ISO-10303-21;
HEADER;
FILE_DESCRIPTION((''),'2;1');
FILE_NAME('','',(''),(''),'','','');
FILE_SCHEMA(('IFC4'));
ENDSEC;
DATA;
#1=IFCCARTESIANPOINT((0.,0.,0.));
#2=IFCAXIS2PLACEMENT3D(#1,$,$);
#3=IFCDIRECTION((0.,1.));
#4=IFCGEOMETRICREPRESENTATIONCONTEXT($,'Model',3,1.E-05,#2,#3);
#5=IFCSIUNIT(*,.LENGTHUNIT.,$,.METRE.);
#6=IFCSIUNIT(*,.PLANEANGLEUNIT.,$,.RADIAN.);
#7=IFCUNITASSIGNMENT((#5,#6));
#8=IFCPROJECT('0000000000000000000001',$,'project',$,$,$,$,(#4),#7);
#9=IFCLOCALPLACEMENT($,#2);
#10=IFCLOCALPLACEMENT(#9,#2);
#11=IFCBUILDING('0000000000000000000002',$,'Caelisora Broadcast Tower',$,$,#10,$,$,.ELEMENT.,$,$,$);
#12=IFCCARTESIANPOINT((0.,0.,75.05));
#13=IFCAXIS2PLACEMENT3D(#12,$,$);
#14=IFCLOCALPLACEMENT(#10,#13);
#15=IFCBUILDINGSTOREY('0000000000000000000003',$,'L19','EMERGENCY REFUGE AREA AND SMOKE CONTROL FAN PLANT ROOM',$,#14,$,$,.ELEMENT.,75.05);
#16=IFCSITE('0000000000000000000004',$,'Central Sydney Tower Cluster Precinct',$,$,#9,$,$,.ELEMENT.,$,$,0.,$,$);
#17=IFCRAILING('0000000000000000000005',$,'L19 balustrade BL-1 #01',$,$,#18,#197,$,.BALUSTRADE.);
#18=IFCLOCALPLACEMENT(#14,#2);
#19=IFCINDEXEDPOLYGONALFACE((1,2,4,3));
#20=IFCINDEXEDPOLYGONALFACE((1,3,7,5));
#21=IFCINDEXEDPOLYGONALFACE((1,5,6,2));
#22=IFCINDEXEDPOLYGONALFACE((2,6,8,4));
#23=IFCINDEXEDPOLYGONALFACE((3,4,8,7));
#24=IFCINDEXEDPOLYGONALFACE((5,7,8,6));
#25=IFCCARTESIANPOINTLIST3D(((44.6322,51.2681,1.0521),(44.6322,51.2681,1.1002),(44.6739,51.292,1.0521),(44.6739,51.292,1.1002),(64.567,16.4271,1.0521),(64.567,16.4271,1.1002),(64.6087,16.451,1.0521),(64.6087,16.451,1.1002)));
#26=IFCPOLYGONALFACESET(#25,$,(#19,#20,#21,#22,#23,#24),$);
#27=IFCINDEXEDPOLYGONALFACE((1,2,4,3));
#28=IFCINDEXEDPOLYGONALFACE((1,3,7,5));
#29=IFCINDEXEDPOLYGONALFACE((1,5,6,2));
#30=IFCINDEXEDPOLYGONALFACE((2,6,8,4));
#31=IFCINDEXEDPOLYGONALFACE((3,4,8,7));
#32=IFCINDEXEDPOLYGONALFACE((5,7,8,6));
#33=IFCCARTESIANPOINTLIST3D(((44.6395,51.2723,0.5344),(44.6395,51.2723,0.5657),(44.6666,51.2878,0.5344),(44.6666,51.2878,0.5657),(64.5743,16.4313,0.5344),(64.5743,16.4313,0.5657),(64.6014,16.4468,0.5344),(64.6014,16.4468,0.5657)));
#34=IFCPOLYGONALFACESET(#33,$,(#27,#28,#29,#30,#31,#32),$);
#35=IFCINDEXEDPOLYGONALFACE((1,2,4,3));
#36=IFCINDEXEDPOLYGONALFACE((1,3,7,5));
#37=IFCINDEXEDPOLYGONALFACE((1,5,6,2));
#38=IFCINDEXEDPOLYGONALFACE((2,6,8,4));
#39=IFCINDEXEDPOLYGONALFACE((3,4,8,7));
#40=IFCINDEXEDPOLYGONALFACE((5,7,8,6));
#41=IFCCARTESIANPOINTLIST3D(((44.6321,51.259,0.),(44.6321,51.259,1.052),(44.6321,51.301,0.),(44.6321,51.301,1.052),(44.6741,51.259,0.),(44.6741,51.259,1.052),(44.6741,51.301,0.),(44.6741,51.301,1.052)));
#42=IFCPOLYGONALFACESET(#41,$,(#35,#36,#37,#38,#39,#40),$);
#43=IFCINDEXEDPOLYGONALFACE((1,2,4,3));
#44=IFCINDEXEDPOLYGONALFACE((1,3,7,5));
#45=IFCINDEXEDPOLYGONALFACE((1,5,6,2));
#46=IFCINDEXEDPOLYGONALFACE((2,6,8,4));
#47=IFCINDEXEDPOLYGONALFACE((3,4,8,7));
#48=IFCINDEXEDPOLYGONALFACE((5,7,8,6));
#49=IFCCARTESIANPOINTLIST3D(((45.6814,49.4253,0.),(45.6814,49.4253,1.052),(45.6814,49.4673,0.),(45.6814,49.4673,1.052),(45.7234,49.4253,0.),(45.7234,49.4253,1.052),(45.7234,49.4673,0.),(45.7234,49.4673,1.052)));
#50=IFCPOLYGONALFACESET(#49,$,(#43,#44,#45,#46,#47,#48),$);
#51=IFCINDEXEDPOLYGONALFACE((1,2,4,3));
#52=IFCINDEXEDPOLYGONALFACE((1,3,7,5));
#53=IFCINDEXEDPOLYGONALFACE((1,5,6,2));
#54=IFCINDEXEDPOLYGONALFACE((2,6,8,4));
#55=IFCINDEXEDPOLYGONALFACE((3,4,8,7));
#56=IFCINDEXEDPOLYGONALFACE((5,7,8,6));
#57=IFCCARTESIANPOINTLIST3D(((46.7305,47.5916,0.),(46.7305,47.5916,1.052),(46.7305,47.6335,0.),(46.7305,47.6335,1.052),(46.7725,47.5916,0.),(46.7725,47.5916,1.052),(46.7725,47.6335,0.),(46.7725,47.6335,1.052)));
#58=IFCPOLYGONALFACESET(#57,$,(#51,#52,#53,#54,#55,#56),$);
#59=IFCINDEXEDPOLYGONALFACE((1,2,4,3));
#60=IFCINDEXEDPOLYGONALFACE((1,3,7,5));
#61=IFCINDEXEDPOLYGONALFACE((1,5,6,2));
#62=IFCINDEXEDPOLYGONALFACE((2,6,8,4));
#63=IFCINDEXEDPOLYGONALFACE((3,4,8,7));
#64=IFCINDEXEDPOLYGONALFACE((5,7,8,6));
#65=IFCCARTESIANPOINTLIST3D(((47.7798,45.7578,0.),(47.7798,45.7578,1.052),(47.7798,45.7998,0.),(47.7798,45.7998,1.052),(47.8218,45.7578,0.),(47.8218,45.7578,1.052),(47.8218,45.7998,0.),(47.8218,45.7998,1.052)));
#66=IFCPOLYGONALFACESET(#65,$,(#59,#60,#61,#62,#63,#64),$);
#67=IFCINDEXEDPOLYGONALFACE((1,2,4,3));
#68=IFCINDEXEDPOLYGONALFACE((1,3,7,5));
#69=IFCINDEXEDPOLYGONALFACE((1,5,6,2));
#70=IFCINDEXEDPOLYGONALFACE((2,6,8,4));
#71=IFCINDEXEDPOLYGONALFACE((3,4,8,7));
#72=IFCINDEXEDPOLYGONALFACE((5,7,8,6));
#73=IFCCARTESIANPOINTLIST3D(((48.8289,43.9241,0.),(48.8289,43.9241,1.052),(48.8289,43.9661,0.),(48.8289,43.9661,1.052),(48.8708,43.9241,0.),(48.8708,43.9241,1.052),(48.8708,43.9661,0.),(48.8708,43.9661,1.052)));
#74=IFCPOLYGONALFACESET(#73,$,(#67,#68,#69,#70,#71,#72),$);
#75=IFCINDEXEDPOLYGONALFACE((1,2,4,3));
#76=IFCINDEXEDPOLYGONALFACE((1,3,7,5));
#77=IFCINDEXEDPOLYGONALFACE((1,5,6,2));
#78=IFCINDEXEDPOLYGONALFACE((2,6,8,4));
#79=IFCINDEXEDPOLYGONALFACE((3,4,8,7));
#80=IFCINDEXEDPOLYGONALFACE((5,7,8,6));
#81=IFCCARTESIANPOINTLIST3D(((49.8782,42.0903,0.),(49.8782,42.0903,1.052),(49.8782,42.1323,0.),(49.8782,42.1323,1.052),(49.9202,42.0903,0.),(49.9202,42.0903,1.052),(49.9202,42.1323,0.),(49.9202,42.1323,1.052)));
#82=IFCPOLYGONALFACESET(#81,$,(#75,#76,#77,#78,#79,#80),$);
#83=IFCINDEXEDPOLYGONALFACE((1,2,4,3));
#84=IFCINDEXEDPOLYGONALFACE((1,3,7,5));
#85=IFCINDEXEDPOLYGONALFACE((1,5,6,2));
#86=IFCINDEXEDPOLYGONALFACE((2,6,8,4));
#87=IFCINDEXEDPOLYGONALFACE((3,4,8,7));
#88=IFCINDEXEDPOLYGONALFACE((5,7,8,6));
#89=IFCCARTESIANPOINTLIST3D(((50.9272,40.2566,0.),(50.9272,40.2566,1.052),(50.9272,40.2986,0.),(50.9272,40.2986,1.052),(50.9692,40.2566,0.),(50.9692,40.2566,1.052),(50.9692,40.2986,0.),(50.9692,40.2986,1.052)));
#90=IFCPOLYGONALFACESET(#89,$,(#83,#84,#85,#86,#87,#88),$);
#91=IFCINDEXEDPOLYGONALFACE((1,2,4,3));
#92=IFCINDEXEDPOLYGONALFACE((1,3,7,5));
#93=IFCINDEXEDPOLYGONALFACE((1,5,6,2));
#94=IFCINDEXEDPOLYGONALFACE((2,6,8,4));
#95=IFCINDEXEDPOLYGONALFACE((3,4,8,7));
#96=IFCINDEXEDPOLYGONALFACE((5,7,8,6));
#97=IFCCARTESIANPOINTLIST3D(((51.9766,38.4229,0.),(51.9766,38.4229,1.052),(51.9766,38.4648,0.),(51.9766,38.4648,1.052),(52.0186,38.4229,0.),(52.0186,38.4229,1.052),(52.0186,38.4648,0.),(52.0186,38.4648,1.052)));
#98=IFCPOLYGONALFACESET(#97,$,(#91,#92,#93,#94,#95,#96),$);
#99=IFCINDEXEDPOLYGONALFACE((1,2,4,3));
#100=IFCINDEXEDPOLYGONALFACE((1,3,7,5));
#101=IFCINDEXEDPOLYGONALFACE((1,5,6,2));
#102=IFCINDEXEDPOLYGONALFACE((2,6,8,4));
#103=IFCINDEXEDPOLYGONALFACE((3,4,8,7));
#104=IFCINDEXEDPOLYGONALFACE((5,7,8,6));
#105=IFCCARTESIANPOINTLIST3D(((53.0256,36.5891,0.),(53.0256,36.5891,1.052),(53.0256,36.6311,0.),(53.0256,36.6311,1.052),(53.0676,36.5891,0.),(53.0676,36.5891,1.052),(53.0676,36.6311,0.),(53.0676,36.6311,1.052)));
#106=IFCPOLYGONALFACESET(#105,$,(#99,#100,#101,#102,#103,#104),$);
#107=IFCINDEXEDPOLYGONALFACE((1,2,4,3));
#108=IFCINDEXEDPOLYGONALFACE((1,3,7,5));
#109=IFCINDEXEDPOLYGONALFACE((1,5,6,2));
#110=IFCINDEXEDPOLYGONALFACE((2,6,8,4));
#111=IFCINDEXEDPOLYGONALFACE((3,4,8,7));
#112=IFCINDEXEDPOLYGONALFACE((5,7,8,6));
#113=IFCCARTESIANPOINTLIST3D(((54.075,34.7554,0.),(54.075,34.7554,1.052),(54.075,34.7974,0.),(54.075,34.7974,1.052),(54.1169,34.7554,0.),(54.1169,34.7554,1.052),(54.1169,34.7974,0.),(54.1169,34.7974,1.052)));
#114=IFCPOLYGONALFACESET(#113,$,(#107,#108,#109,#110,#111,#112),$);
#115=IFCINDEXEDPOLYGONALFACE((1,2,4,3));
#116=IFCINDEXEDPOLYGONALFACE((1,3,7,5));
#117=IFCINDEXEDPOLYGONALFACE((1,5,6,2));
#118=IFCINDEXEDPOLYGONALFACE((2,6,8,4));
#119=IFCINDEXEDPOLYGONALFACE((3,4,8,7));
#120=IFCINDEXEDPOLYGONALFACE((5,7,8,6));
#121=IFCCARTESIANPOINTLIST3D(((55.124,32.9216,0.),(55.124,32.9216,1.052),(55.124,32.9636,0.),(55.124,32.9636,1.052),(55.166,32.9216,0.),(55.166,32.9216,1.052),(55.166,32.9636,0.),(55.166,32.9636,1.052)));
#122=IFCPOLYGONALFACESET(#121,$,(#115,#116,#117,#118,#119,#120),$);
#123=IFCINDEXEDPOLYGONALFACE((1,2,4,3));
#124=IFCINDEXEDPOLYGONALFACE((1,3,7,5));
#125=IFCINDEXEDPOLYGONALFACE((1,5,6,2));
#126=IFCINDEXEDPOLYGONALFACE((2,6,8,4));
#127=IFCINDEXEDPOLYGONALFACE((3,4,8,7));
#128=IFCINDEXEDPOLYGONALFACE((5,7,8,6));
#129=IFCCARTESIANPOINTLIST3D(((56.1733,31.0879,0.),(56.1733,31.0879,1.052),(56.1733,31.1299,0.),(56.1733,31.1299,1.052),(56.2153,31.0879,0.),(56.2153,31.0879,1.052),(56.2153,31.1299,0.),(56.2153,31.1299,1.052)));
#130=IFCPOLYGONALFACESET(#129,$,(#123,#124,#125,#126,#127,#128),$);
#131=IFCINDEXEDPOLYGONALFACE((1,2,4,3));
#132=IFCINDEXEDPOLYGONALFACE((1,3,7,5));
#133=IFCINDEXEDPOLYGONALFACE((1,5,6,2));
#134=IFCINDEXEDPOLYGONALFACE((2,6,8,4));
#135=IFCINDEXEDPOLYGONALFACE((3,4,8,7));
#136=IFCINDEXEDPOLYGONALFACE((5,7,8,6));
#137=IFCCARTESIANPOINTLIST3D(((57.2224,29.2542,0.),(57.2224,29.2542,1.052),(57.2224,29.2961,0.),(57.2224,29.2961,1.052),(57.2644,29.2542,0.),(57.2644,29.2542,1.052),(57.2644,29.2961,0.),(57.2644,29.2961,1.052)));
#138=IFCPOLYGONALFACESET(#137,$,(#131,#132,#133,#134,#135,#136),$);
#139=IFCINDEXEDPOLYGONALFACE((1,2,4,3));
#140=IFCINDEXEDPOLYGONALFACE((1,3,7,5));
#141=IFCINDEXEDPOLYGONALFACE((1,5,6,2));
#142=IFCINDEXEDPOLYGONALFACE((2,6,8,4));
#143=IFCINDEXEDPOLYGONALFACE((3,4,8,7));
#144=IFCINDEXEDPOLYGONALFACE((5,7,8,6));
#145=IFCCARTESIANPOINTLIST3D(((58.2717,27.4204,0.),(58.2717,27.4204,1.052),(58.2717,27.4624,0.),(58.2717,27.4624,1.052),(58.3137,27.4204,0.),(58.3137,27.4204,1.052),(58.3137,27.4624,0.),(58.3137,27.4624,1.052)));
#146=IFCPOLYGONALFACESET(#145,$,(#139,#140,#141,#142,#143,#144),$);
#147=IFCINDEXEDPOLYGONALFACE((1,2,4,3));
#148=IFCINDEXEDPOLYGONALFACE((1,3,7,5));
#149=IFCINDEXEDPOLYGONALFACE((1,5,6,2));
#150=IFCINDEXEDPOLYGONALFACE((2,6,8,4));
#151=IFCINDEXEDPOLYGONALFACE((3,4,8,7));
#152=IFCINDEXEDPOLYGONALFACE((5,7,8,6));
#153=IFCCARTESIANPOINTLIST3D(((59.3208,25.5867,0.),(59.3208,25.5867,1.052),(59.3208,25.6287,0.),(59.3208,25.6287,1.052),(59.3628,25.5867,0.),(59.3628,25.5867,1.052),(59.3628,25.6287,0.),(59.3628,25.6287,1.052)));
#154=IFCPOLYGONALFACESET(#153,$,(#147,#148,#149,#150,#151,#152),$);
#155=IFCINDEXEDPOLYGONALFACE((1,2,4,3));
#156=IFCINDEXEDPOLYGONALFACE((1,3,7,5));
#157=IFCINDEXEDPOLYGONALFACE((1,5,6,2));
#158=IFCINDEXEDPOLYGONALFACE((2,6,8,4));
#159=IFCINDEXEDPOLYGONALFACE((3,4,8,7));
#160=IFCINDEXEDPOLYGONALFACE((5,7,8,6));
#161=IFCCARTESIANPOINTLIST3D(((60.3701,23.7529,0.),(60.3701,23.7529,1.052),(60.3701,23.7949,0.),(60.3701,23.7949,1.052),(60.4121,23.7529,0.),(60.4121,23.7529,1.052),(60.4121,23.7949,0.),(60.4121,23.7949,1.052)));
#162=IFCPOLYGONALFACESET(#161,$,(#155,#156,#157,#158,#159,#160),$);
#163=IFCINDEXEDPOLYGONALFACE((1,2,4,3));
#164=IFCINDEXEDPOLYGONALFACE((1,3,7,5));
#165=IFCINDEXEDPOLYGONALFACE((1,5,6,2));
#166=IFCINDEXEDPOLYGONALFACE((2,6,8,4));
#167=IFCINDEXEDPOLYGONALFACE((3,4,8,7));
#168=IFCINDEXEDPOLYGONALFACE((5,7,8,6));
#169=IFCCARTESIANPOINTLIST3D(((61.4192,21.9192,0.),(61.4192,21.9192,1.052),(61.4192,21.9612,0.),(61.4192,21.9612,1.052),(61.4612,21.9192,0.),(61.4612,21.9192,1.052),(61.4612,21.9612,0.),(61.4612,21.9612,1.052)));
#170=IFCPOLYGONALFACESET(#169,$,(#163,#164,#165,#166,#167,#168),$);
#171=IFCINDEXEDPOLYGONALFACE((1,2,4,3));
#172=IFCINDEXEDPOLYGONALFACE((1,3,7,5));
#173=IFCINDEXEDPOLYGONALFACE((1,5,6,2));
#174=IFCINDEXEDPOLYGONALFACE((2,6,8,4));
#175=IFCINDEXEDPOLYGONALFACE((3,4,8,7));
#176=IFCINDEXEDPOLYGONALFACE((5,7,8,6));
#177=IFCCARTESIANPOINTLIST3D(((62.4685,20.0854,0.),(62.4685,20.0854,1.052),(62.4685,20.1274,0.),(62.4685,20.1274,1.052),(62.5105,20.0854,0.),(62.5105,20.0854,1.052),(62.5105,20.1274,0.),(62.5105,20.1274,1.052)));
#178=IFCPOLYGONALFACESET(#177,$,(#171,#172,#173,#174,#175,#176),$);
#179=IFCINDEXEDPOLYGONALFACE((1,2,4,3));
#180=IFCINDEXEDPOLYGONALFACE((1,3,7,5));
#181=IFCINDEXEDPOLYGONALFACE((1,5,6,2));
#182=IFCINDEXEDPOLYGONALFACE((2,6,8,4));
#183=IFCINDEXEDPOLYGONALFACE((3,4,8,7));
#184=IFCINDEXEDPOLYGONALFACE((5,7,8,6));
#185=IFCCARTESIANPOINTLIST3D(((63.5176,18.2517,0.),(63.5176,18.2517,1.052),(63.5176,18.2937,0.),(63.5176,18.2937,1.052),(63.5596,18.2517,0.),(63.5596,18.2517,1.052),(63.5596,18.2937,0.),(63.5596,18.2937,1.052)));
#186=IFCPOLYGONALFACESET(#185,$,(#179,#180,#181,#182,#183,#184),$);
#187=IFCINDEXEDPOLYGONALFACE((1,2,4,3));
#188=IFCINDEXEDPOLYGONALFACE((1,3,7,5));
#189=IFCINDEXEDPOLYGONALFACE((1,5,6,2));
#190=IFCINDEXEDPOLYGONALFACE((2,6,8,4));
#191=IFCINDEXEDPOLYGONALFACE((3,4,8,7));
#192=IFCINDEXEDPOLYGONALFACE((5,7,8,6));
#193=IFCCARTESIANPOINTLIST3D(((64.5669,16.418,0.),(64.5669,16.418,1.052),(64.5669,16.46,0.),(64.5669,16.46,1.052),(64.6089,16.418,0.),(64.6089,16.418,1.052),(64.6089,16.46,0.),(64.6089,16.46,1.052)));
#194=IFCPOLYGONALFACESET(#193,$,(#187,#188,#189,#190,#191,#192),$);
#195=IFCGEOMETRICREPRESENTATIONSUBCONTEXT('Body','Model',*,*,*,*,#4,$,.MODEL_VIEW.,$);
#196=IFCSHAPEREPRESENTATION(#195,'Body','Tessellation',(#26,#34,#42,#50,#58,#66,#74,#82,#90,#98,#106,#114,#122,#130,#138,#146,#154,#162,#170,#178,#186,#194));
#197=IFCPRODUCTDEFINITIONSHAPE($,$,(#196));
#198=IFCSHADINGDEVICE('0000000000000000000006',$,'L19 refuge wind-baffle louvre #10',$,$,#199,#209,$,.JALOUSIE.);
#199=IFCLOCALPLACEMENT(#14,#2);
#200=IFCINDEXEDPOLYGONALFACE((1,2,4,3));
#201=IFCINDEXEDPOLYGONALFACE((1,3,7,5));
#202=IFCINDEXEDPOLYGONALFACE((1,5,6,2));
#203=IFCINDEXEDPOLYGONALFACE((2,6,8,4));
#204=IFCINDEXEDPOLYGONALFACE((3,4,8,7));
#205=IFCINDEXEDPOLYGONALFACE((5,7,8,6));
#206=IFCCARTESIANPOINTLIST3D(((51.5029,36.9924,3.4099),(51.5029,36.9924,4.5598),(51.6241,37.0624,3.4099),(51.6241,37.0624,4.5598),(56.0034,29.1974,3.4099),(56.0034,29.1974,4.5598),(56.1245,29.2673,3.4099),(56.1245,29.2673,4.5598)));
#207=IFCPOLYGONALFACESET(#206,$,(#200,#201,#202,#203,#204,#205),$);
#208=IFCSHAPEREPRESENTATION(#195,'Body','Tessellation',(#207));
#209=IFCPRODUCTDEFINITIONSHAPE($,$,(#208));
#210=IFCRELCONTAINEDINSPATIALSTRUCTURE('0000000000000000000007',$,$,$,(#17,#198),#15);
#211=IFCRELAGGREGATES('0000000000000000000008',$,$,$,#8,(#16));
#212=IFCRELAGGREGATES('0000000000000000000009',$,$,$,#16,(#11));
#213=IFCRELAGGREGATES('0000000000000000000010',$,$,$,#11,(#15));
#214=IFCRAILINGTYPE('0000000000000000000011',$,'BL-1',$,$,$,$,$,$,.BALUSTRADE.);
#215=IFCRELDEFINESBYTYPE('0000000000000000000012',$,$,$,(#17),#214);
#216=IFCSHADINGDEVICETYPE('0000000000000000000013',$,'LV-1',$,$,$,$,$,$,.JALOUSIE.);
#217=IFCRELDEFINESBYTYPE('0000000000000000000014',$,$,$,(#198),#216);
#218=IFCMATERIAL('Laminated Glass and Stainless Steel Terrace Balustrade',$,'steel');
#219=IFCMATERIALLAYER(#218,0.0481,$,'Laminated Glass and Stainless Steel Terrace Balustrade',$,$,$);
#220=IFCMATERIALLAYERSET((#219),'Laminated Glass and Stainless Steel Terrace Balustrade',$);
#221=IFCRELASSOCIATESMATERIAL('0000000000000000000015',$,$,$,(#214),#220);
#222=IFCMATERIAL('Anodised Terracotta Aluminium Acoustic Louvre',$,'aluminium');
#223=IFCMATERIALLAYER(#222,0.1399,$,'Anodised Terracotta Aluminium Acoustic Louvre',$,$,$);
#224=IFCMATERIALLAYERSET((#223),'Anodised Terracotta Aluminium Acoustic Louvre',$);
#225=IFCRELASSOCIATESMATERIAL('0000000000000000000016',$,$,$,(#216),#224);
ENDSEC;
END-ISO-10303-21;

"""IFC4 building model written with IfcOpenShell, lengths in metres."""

from ifc_helpers import new_model, si_unit, direction, frame, origin, origin_2d, place, context, subcontext, project, spatial, rectangle, extrude, source, transform, mapped, material, layer, layer_set, type_object, type_shapes, element, save


model = new_model("IFC4")

# Units and contexts
model_context = context("Model", 3, precision=1e-05, world=origin(), true_north=direction((0.0, 1.0)))
body_context = subcontext(model_context, "Body", "Model", "MODEL_VIEW")
ifc_project = project(units=[si_unit("LENGTHUNIT", "METRE"), si_unit("PLANEANGLEUNIT", "RADIAN")], contexts=[model_context])

# Site, building, storey
site_placement = place(None, origin())
site = spatial("IfcSite", under=ifc_project, at=site_placement, Name="Central Sydney Tower Cluster Precinct", CompositionType="ELEMENT", RefElevation=0.0)
building_placement = place(site_placement, origin())
building = spatial("IfcBuilding", under=site, at=building_placement, Name="Caelisora Broadcast Tower", CompositionType="ELEMENT")
storey_placement = place(building_placement, frame((0.0, 0.0, 75.05)))
storey = spatial("IfcBuildingStorey", under=building, at=storey_placement, Name="L19", Description="EMERGENCY REFUGE AREA AND SMOKE CONTROL FAN PLANT ROOM", CompositionType="ELEMENT", Elevation=75.05)

# Railing
ifc_material_1 = material(Name="Laminated Glass and Stainless Steel Terrace Balustrade", Category="steel")
ifc_layer_1 = layer(ifc_material_1, 0.0481, Name="Laminated Glass and Stainless Steel Terrace Balustrade")
ifc_layer_set_1 = layer_set([ifc_layer_1], Name="Laminated Glass and Stainless Steel Terrace Balustrade")
railing_type = type_object("IfcRailingType", Name="BL-1", PredefinedType="BALUSTRADE", material=ifc_layer_set_1)
railing_placement = place(storey_placement, frame((44.6531, 51.28, 0.0)))
element("IfcRailing", 1, at=railing_placement, inside=storey, type_object=railing_type, Name="L19 balustrade BL-1 #01", PredefinedType="BALUSTRADE", context=body_context, shape_type="SweptSolid", body=[
    extrude(rectangle(XDim=0.0481, YDim=0.0481, at=origin_2d()), frame((0.0, 0.0, 1.0762), z_axis=(0.49662, -0.867968, 0.0), x_axis=(0.867968, 0.49662, 0.0)), (0.0, 0.0, 1.0), 40.1409),
    extrude(rectangle(XDim=0.0312, YDim=0.0312, at=origin_2d()), frame((0.0, 0.0, 0.55), z_axis=(0.49662, -0.867968, 0.0), x_axis=(0.867968, 0.49662, 0.0)), (0.0, 0.0, 1.0), 40.1409),
    extrude(rectangle(XDim=0.042, YDim=0.042, at=origin_2d()), origin(), (0.0, 0.0, 1.0), 1.052),
    extrude(rectangle(XDim=0.042, YDim=0.042, at=origin_2d()), frame((1.0493, -1.8337, 0.0)), (0.0, 0.0, 1.0), 1.052),
    extrude(rectangle(XDim=0.042, YDim=0.042, at=origin_2d()), frame((2.0984, -3.6675, 0.0)), (0.0, 0.0, 1.0), 1.052),
    extrude(rectangle(XDim=0.042, YDim=0.042, at=origin_2d()), frame((3.1477, -5.5012, 0.0)), (0.0, 0.0, 1.0), 1.052),
    extrude(rectangle(XDim=0.042, YDim=0.042, at=origin_2d()), frame((4.1968, -7.335, 0.0)), (0.0, 0.0, 1.0), 1.052),
    extrude(rectangle(XDim=0.042, YDim=0.042, at=origin_2d()), frame((5.2461, -9.1687, 0.0)), (0.0, 0.0, 1.0), 1.052),
    extrude(rectangle(XDim=0.042, YDim=0.042, at=origin_2d()), frame((6.2952, -11.0024, 0.0)), (0.0, 0.0, 1.0), 1.052),
    extrude(rectangle(XDim=0.042, YDim=0.042, at=origin_2d()), frame((7.3445, -12.8362, 0.0)), (0.0, 0.0, 1.0), 1.052),
    extrude(rectangle(XDim=0.042, YDim=0.042, at=origin_2d()), frame((8.3936, -14.6699, 0.0)), (0.0, 0.0, 1.0), 1.052),
    extrude(rectangle(XDim=0.042, YDim=0.042, at=origin_2d()), frame((9.4429, -16.5037, 0.0)), (0.0, 0.0, 1.0), 1.052),
    extrude(rectangle(XDim=0.042, YDim=0.042, at=origin_2d()), frame((10.4919, -18.3374, 0.0)), (0.0, 0.0, 1.0), 1.052),
    extrude(rectangle(XDim=0.042, YDim=0.042, at=origin_2d()), frame((11.5413, -20.1711, 0.0)), (0.0, 0.0, 1.0), 1.052),
    extrude(rectangle(XDim=0.042, YDim=0.042, at=origin_2d()), frame((12.5903, -22.0049, 0.0)), (0.0, 0.0, 1.0), 1.052),
    extrude(rectangle(XDim=0.042, YDim=0.042, at=origin_2d()), frame((13.6396, -23.8386, 0.0)), (0.0, 0.0, 1.0), 1.052),
    extrude(rectangle(XDim=0.042, YDim=0.042, at=origin_2d()), frame((14.6887, -25.6724, 0.0)), (0.0, 0.0, 1.0), 1.052),
    extrude(rectangle(XDim=0.042, YDim=0.042, at=origin_2d()), frame((15.738, -27.5061, 0.0)), (0.0, 0.0, 1.0), 1.052),
    extrude(rectangle(XDim=0.042, YDim=0.042, at=origin_2d()), frame((16.7871, -29.3398, 0.0)), (0.0, 0.0, 1.0), 1.052),
    extrude(rectangle(XDim=0.042, YDim=0.042, at=origin_2d()), frame((17.8364, -31.1736, 0.0)), (0.0, 0.0, 1.0), 1.052),
    extrude(rectangle(XDim=0.042, YDim=0.042, at=origin_2d()), frame((18.8855, -33.0073, 0.0)), (0.0, 0.0, 1.0), 1.052),
    extrude(rectangle(XDim=0.042, YDim=0.042, at=origin_2d()), frame((19.9348, -34.8411, 0.0)), (0.0, 0.0, 1.0), 1.052),
])

# Shading device
ifc_material_2 = material(Name="Anodised Terracotta Aluminium Acoustic Louvre", Category="aluminium")
ifc_layer_2 = layer(ifc_material_2, 0.1399, Name="Anodised Terracotta Aluminium Acoustic Louvre")
ifc_layer_set_2 = layer_set([ifc_layer_2], Name="Anodised Terracotta Aluminium Acoustic Louvre")
shading_device_type = type_object("IfcShadingDeviceType", Name="LV-1", PredefinedType="JALOUSIE", material=ifc_layer_set_2)
shared_shape_1 = source(origin(), body_context, "Body", "SweptSolid", [
    extrude(rectangle(XDim=9.001, YDim=0.1399, at=origin_2d()), origin(), (0.0, 0.0, 1.0), 1.1499),
])
type_shapes(shading_device_type, [shared_shape_1])
shading_device_placement = place(storey_placement, frame((53.8137, 33.1299, 3.4099), z_axis=(0.0, 0.0, 1.0), x_axis=(-0.5, 0.866025, 0.0)))
element("IfcShadingDevice", 2, at=shading_device_placement, inside=storey, type_object=shading_device_type, Name="L19 refuge wind-baffle louvre #10", PredefinedType="JALOUSIE", context=body_context, shape_type="MappedRepresentation", body=[
    mapped(shared_shape_1, transform((0.0, 0.0, 0.0), scale=1.0)),
])

save(model, "model.ifc")
